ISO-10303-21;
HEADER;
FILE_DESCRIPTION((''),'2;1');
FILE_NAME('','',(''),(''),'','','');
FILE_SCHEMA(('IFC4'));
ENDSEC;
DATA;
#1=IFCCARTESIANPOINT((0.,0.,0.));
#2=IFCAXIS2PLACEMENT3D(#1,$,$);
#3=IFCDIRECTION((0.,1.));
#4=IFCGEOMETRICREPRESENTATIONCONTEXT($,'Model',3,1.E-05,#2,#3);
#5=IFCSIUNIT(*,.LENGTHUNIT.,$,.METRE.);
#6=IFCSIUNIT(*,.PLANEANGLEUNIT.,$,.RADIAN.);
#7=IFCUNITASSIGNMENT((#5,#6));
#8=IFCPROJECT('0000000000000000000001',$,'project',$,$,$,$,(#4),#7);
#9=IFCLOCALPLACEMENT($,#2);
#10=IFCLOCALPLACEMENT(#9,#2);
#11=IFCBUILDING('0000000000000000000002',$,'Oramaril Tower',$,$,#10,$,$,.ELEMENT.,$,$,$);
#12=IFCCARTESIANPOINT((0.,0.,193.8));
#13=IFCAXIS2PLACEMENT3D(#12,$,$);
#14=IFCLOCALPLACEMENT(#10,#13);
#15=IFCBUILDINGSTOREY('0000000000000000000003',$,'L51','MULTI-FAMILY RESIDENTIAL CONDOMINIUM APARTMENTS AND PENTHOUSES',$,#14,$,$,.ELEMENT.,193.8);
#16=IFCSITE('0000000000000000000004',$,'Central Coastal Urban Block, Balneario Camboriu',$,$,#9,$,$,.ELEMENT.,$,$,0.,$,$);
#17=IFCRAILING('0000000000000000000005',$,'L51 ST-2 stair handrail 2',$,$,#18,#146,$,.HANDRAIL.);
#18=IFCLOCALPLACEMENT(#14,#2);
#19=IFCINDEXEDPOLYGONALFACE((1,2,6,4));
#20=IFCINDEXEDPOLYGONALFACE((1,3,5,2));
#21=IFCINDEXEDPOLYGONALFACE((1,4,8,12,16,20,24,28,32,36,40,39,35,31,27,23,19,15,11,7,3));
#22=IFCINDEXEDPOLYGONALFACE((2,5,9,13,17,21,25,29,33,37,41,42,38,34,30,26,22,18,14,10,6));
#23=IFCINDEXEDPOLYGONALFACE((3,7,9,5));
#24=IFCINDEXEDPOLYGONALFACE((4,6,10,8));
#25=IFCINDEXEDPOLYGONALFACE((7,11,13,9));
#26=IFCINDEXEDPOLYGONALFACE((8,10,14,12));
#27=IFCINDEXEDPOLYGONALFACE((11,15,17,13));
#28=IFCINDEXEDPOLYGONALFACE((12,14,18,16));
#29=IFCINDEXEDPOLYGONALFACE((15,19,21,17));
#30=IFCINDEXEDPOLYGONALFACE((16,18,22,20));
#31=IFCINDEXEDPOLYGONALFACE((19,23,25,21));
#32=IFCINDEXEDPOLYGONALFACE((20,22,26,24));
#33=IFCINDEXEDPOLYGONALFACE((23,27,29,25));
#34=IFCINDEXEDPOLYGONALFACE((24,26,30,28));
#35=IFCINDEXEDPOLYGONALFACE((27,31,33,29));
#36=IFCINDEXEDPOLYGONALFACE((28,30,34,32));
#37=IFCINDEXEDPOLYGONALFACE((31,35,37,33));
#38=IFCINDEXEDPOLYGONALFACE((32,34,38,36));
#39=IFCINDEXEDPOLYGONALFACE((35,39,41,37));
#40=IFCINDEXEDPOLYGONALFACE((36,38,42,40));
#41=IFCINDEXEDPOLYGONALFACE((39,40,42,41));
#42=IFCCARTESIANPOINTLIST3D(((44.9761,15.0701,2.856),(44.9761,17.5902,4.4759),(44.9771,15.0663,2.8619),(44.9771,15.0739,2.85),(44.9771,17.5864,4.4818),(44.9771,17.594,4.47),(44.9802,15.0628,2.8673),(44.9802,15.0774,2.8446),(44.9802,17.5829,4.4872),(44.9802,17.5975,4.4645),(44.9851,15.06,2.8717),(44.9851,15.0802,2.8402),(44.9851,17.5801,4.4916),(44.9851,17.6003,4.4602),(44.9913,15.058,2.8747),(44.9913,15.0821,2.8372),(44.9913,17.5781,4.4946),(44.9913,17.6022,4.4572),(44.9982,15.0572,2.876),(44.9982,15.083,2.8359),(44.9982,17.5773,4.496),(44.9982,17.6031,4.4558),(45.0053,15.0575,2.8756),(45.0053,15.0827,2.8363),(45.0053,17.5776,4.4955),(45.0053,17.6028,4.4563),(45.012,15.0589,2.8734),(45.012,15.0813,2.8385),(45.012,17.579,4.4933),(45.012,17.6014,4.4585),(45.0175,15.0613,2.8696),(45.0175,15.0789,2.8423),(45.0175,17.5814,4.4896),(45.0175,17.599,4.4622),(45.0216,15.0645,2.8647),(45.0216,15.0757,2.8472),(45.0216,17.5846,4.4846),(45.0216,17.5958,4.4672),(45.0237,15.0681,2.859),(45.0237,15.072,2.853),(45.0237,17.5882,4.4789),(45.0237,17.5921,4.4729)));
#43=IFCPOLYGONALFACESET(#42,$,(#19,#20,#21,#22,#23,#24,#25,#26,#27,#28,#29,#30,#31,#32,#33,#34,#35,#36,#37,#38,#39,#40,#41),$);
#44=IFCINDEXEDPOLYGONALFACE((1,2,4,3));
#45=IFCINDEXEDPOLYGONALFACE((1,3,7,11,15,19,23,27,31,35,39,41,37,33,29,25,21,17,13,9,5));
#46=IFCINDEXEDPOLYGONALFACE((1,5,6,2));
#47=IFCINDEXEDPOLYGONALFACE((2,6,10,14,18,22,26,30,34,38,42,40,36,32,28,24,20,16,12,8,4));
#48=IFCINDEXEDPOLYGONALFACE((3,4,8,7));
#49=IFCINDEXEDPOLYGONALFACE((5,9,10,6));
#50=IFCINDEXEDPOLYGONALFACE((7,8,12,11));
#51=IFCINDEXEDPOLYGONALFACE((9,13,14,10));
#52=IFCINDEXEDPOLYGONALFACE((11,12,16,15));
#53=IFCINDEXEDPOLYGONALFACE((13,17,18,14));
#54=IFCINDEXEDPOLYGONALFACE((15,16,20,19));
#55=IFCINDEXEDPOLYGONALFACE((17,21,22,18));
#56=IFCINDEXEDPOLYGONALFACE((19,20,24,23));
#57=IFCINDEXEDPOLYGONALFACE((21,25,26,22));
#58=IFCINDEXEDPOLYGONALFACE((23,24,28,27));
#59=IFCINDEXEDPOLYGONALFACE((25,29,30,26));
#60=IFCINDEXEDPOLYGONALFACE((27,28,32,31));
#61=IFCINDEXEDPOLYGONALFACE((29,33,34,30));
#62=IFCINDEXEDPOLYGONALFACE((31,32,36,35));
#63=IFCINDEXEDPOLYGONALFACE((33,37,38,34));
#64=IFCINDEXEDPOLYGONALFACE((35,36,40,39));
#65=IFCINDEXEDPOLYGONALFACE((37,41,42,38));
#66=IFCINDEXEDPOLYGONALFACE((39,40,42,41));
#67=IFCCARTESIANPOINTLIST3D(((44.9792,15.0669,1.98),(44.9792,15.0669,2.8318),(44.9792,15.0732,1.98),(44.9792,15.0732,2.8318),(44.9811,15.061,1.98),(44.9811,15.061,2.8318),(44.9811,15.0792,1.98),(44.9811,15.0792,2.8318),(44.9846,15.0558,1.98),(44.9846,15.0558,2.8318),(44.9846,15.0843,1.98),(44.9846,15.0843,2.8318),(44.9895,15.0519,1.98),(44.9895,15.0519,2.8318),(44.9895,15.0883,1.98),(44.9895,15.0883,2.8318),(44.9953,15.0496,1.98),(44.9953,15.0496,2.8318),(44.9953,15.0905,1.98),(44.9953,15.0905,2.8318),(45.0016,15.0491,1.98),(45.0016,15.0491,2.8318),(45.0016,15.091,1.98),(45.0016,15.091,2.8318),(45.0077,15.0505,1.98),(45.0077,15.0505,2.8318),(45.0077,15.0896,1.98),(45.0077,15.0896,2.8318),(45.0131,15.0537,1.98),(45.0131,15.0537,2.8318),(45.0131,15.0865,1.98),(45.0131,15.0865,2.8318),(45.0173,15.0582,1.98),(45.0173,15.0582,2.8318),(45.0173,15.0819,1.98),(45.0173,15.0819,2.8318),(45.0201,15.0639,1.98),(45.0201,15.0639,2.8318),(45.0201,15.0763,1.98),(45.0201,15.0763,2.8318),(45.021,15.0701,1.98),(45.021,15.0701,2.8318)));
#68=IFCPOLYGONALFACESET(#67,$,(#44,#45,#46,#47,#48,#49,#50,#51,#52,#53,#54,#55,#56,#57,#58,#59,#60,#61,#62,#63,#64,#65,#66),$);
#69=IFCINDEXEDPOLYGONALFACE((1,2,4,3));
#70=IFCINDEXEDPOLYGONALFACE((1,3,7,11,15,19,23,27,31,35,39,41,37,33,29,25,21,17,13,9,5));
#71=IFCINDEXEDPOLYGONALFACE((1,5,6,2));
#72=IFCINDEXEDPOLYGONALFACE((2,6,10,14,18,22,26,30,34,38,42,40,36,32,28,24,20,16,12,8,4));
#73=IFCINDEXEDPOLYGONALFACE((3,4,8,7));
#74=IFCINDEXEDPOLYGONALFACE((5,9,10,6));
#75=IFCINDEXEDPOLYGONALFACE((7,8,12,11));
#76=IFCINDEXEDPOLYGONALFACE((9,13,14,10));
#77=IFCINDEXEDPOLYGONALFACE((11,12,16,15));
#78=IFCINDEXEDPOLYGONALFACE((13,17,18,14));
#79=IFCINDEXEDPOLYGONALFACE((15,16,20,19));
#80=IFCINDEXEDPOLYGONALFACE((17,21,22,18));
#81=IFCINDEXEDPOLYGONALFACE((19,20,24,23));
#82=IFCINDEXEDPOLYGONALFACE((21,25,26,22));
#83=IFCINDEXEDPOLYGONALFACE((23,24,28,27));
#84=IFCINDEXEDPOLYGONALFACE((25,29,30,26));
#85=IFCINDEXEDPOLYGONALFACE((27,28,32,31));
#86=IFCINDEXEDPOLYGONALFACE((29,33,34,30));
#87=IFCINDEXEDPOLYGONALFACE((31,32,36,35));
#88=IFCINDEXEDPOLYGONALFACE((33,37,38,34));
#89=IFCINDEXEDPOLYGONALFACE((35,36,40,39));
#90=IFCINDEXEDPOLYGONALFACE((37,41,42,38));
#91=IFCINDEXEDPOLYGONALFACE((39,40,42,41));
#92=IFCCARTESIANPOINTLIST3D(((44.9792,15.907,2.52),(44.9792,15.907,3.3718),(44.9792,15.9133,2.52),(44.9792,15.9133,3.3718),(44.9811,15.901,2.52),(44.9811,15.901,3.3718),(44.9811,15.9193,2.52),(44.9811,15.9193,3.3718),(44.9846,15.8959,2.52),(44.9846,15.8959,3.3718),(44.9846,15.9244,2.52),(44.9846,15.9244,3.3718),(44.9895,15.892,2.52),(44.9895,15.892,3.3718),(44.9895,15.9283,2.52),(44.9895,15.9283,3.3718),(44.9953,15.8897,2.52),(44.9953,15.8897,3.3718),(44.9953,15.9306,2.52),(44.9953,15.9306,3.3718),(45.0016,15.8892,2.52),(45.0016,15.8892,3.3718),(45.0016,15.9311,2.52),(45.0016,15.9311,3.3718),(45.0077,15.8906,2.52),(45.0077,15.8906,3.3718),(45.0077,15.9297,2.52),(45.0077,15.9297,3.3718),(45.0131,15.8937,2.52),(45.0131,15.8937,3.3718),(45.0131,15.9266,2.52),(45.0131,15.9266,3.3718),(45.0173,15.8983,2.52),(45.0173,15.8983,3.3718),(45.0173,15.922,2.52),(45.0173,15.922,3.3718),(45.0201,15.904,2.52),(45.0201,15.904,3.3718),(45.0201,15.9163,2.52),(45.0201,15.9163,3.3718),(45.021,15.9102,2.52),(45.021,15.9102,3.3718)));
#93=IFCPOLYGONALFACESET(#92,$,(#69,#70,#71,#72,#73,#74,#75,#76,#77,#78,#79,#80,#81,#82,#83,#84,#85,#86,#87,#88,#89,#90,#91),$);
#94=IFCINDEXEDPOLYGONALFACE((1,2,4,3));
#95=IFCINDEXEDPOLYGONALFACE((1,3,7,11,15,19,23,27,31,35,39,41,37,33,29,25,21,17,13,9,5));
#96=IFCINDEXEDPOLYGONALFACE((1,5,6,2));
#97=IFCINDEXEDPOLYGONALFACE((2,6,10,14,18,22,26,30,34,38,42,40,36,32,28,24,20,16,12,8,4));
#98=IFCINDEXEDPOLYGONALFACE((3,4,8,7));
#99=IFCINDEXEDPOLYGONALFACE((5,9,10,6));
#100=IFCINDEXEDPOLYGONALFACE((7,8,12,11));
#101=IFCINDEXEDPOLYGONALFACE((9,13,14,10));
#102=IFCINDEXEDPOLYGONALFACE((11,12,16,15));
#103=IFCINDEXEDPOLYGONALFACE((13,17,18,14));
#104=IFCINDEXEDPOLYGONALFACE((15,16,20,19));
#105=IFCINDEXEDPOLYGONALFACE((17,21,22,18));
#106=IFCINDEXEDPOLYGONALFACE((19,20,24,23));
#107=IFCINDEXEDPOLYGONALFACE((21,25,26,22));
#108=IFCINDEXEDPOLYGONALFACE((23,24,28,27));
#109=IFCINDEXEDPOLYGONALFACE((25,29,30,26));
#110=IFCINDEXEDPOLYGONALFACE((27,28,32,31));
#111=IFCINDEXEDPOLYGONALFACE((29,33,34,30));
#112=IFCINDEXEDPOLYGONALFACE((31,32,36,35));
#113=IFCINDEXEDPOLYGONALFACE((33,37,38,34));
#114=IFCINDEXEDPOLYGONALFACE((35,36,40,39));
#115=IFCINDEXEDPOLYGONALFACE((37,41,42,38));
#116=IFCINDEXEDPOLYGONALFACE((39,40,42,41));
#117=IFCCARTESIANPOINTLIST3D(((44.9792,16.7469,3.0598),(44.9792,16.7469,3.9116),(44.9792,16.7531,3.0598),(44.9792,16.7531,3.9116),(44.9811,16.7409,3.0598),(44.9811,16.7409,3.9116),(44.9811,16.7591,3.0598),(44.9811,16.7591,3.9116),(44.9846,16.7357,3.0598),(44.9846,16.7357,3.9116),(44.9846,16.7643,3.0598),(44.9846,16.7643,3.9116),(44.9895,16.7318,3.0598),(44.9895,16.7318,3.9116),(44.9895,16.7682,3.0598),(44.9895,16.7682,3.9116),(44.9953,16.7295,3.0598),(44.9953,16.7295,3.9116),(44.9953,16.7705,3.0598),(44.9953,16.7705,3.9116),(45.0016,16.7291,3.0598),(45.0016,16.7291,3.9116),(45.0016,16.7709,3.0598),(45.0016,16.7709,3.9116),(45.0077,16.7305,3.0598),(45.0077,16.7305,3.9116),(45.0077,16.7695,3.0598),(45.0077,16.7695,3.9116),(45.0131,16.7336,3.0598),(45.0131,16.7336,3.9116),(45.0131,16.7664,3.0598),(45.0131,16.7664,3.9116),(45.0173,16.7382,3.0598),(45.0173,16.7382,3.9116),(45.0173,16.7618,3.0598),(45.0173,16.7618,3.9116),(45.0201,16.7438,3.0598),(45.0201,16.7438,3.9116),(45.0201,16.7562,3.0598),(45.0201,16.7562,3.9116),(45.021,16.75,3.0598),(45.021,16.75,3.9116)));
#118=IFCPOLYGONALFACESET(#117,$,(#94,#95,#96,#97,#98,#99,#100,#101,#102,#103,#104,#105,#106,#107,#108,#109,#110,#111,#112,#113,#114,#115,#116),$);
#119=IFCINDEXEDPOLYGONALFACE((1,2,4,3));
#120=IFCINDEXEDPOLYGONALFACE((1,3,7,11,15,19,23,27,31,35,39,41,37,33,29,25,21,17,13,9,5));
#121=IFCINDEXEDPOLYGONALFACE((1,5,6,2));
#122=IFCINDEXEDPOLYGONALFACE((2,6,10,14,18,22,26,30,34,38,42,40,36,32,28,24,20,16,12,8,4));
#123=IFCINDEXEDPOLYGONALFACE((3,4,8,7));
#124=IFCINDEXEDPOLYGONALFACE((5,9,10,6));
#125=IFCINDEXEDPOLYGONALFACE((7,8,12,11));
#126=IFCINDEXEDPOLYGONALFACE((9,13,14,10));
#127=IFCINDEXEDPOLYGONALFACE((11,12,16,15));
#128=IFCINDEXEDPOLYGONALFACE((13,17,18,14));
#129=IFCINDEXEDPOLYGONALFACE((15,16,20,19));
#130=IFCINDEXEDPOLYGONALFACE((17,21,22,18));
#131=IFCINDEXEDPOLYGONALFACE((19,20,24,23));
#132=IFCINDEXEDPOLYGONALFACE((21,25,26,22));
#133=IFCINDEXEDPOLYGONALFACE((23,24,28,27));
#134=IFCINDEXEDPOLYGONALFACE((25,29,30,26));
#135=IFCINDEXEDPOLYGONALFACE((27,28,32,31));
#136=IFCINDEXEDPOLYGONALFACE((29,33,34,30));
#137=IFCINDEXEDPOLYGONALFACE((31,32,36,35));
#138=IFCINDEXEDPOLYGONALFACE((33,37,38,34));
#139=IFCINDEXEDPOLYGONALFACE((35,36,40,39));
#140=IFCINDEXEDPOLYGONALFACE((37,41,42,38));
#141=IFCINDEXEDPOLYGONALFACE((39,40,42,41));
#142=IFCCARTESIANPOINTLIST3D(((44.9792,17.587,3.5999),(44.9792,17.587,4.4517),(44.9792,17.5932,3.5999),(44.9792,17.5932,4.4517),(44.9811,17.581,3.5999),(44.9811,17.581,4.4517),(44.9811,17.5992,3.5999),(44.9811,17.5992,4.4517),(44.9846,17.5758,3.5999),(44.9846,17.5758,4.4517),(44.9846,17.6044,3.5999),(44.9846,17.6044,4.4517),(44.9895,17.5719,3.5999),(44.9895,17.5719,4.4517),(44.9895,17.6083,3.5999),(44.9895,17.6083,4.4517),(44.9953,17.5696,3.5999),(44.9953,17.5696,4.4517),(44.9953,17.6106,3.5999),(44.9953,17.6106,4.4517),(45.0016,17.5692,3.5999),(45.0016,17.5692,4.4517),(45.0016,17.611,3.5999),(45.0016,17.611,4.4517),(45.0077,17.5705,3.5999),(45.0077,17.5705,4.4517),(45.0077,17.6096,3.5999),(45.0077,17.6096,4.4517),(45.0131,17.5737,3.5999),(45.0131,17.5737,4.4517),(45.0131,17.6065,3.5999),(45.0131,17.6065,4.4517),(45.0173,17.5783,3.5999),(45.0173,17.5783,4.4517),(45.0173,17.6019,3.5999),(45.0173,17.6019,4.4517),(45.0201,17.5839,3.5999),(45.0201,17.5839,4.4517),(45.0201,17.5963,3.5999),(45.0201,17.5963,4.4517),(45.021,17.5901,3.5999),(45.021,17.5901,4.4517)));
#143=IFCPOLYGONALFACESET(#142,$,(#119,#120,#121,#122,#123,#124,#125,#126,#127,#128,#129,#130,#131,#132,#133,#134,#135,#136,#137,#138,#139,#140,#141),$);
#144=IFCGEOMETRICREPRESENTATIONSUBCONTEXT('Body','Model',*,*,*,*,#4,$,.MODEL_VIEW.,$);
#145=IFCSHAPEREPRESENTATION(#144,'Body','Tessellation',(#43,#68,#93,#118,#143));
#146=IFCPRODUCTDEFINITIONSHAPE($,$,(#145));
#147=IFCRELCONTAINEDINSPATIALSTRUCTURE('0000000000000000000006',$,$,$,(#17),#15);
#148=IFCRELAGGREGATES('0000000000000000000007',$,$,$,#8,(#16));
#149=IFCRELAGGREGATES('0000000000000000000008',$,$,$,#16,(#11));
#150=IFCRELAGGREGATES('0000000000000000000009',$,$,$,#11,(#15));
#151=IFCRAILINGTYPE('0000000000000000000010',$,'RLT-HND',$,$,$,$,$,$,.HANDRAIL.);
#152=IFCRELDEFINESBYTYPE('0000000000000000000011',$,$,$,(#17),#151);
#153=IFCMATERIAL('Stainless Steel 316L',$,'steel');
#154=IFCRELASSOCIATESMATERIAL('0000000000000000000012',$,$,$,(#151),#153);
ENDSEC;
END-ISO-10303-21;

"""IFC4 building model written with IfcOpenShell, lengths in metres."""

from ifc_helpers import new_model, si_unit, direction, frame, origin, origin_2d, place, context, subcontext, project, spatial, circle, extrude, material, type_object, element, save


model = new_model("IFC4")

# Units and contexts
model_context = context("Model", 3, precision=1e-05, world=origin(), true_north=direction((0.0, 1.0)))
body_context = subcontext(model_context, "Body", "Model", "MODEL_VIEW")
ifc_project = project(units=[si_unit("LENGTHUNIT", "METRE"), si_unit("PLANEANGLEUNIT", "RADIAN")], contexts=[model_context])

# Site, building, storey
site_placement = place(None, origin())
site = spatial("IfcSite", under=ifc_project, at=site_placement, Name="Central Coastal Urban Block, Balneario Camboriu", CompositionType="ELEMENT", RefElevation=0.0)
building_placement = place(site_placement, origin())
building = spatial("IfcBuilding", under=site, at=building_placement, Name="Oramaril Tower", CompositionType="ELEMENT")
storey_placement = place(building_placement, frame((0.0, 0.0, 193.8)))
storey = spatial("IfcBuildingStorey", under=building, at=storey_placement, Name="L51", Description="MULTI-FAMILY RESIDENTIAL CONDOMINIUM APARTMENTS AND PENTHOUSES", CompositionType="ELEMENT", Elevation=193.8)

# Railing
ifc_material_1 = material(Name="Stainless Steel 316L", Category="steel")
railing_type_1 = type_object("IfcRailingType", Name="RLT-HND", PredefinedType="HANDRAIL", material=ifc_material_1)
railing_1_placement = place(storey_placement, frame((45.0, 15.0701, 1.98)))
element("IfcRailing", 1, at=railing_1_placement, inside=storey, type_object=railing_type_1, Name="L51 ST-2 stair handrail 2", PredefinedType="HANDRAIL", context=body_context, shape_type="SweptSolid", body=[
    extrude(circle(Radius=0.0239, at=origin_2d()), frame((0.0, 0.0, 0.876), z_axis=(0.0, 0.8412, 0.540725), x_axis=(-1.0, 0.0, 0.0)), (0.0, 0.0, 1.0), 2.9958),
    extrude(circle(Radius=0.021, at=origin_2d()), origin(), (0.0, 0.0, 1.0), 0.8518),
    extrude(circle(Radius=0.021, at=origin_2d()), frame((0.0, 0.8401, 0.54)), (0.0, 0.0, 1.0), 0.8518),
    extrude(circle(Radius=0.021, at=origin_2d()), frame((0.0, 1.6799, 1.0798)), (0.0, 0.0, 1.0), 0.8518),
    extrude(circle(Radius=0.021, at=origin_2d()), frame((0.0, 2.52, 1.6199)), (0.0, 0.0, 1.0), 0.8518),
])

save(model, "model.ifc")
